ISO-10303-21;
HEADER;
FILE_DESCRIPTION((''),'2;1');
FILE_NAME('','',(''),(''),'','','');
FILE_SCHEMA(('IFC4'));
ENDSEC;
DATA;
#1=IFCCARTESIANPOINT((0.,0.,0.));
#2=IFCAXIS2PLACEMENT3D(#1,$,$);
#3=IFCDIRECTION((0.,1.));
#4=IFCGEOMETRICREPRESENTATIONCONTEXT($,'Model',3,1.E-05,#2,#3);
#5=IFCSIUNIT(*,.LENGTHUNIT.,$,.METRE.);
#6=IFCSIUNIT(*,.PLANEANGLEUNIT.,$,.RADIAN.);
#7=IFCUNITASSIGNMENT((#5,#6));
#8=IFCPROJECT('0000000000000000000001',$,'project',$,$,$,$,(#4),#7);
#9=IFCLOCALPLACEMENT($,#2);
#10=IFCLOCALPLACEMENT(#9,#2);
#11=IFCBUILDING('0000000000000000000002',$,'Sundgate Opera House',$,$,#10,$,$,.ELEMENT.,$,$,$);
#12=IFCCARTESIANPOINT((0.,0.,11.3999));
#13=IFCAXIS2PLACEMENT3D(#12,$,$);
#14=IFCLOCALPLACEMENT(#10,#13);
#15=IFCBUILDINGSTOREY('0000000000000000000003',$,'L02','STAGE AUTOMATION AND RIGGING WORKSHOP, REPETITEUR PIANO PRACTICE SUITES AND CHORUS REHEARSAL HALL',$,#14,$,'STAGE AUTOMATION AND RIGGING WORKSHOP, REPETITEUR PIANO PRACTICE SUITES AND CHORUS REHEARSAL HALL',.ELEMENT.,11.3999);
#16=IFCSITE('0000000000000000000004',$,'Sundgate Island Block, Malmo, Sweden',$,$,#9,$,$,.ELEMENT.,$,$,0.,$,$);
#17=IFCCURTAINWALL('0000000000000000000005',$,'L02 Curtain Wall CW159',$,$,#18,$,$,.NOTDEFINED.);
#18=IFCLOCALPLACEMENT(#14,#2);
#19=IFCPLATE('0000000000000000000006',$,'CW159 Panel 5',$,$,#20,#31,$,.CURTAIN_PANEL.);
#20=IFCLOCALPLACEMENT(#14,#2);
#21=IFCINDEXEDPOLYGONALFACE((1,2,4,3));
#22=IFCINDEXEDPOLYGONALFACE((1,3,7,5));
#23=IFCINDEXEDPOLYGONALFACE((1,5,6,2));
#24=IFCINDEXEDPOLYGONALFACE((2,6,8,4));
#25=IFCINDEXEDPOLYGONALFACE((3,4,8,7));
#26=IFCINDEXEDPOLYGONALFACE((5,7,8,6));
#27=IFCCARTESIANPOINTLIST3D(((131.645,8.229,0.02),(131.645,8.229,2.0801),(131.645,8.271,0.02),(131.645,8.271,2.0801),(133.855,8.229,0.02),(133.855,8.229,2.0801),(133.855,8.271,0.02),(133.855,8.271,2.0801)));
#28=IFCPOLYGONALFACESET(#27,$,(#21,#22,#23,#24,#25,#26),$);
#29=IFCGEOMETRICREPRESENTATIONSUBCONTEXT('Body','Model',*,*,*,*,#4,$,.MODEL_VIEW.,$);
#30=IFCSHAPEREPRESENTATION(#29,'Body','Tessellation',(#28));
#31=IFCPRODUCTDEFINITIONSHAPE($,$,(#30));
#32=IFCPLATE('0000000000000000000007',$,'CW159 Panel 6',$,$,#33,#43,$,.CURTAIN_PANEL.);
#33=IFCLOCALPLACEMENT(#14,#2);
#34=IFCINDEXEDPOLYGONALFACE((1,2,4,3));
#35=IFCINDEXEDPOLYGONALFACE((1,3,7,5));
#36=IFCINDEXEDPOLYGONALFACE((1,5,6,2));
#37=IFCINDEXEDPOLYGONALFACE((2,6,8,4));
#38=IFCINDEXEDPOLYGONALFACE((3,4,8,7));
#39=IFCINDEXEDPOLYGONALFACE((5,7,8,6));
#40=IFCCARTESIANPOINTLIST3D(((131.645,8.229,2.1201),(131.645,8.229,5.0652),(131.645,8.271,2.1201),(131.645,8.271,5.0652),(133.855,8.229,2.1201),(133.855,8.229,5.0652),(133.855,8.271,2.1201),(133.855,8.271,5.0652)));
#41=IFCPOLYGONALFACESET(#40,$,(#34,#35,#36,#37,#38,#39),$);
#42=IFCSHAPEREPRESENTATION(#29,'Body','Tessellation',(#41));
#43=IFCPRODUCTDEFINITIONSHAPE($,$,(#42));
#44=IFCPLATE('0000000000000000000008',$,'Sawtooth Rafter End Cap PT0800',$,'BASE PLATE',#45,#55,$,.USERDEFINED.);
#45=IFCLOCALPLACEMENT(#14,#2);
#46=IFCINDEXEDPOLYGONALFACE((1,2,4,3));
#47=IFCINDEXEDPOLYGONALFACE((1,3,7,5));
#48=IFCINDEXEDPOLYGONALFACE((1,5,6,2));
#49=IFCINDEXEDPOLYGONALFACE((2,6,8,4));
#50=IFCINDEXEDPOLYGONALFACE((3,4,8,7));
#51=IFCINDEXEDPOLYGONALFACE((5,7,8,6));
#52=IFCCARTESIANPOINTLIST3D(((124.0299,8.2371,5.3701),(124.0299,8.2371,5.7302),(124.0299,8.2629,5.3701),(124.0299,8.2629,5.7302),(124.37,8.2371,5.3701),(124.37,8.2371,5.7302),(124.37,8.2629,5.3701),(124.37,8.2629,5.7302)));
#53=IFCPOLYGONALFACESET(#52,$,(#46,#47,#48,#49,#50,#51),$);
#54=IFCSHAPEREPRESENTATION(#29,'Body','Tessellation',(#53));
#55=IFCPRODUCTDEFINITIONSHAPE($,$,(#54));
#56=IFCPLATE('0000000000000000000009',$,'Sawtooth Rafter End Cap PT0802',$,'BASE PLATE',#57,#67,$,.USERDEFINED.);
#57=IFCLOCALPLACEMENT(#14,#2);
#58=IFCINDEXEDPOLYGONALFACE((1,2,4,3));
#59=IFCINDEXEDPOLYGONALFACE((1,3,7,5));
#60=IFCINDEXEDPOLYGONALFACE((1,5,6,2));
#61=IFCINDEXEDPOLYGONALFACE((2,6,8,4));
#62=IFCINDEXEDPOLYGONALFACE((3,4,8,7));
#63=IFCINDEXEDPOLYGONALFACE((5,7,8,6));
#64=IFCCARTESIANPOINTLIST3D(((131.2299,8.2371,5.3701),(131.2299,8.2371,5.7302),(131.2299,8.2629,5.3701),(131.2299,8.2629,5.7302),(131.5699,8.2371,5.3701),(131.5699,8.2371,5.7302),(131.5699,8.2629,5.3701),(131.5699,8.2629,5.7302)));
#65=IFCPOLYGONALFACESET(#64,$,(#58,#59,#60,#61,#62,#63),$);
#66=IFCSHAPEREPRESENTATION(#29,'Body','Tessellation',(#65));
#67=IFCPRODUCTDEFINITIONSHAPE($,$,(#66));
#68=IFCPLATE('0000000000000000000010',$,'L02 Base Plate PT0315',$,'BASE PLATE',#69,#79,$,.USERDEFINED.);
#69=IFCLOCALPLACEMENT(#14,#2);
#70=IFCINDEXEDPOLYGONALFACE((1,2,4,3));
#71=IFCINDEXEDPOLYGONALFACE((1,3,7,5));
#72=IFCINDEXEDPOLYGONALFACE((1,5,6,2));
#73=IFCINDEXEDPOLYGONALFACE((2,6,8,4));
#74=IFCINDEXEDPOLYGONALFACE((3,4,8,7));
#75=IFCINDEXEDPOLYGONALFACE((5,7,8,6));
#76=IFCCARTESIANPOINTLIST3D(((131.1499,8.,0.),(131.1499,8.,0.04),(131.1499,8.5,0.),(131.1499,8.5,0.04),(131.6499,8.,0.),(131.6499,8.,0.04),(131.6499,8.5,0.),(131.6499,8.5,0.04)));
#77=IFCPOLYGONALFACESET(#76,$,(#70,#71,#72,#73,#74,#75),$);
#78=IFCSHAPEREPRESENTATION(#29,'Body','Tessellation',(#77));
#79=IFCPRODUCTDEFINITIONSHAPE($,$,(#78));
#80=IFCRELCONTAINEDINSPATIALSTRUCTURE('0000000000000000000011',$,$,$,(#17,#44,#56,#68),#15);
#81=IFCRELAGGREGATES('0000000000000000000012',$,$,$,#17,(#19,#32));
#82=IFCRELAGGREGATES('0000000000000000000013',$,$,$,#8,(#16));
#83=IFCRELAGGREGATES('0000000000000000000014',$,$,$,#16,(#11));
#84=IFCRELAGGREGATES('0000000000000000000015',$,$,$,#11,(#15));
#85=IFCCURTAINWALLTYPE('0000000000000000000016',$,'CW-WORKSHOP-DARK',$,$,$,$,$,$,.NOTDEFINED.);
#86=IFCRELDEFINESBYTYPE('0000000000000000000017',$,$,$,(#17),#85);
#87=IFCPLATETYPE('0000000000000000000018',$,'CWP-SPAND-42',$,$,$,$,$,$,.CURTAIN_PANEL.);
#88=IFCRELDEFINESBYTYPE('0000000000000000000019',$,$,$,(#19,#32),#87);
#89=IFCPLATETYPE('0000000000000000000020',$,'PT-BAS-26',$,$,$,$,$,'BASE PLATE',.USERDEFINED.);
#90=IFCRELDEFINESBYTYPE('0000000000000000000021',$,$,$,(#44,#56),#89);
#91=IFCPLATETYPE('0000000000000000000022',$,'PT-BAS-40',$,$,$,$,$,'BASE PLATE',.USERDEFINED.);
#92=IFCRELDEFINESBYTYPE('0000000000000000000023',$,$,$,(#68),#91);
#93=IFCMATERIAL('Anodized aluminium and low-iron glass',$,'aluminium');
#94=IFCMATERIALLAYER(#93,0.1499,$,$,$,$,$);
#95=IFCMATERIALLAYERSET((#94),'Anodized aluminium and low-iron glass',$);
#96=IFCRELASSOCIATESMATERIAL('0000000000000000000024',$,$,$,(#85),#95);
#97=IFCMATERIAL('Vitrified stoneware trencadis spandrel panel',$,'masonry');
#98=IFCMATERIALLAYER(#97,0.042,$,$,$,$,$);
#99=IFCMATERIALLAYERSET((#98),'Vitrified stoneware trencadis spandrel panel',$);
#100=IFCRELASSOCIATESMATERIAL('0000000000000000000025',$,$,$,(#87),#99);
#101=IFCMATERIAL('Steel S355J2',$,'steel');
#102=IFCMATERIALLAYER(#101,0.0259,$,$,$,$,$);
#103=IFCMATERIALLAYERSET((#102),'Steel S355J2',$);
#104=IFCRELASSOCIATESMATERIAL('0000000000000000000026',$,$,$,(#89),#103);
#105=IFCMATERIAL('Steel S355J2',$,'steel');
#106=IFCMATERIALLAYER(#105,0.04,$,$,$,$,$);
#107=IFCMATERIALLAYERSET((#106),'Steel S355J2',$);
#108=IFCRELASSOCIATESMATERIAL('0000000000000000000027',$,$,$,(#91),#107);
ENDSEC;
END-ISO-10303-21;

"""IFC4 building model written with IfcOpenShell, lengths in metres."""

from ifc_helpers import new_model, si_unit, direction, frame, origin, origin_2d, place, context, subcontext, project, spatial, rectangle, extrude, material, layer, layer_set, type_object, element, aggregate, save


model = new_model("IFC4")

# Units and contexts
model_context = context("Model", 3, precision=1e-05, world=origin(), true_north=direction((0.0, 1.0)))
body_context = subcontext(model_context, "Body", "Model", "MODEL_VIEW")
ifc_project = project(units=[si_unit("LENGTHUNIT", "METRE"), si_unit("PLANEANGLEUNIT", "RADIAN")], contexts=[model_context])

# Site, building, storey
site_placement = place(None, origin())
site = spatial("IfcSite", under=ifc_project, at=site_placement, Name="Sundgate Island Block, Malmo, Sweden", CompositionType="ELEMENT", RefElevation=0.0)
building_placement = place(site_placement, origin())
building = spatial("IfcBuilding", under=site, at=building_placement, Name="Sundgate Opera House", CompositionType="ELEMENT")
storey_placement = place(building_placement, frame((0.0, 0.0, 11.3999)))
storey = spatial("IfcBuildingStorey", under=building, at=storey_placement, Name="L02", Description="STAGE AUTOMATION AND RIGGING WORKSHOP, REPETITEUR PIANO PRACTICE SUITES AND CHORUS REHEARSAL HALL", LongName="STAGE AUTOMATION AND RIGGING WORKSHOP, REPETITEUR PIANO PRACTICE SUITES AND CHORUS REHEARSAL HALL", CompositionType="ELEMENT", Elevation=11.3999)

# Curtain wall
ifc_material_1 = material(Name="Anodized aluminium and low-iron glass", Category="aluminium")
ifc_layer_1 = layer(ifc_material_1, 0.1499)
ifc_layer_set_1 = layer_set([ifc_layer_1], Name="Anodized aluminium and low-iron glass")
curtain_wall_type = type_object("IfcCurtainWallType", Name="CW-WORKSHOP-DARK", PredefinedType="NOTDEFINED", material=ifc_layer_set_1)
curtain_wall_1_placement = place(storey_placement, origin())
curtain_wall_1 = element("IfcCurtainWall", 1, at=curtain_wall_1_placement, inside=storey, type_object=curtain_wall_type, Name="L02 Curtain Wall CW159", PredefinedType="NOTDEFINED")

# Plates
ifc_material_2 = material(Name="Vitrified stoneware trencadis spandrel panel", Category="masonry")
ifc_layer_2 = layer(ifc_material_2, 0.042)
ifc_layer_set_2 = layer_set([ifc_layer_2], Name="Vitrified stoneware trencadis spandrel panel")
plate_type_1 = type_object("IfcPlateType", Name="CWP-SPAND-42", PredefinedType="CURTAIN_PANEL", material=ifc_layer_set_2)
plate_1_placement = place(storey_placement, frame((132.75, 8.25, 0.02), z_axis=(0.0, 0.0, 1.0), x_axis=(-1.0, 0.0, 0.0)))
plate_1 = element("IfcPlate", 2, at=plate_1_placement, type_object=plate_type_1, Name="CW159 Panel 5", PredefinedType="CURTAIN_PANEL", context=body_context, shape_type="SweptSolid", body=[
    extrude(rectangle(XDim=2.21, YDim=0.042, at=origin_2d()), origin(), (0.0, 0.0, 1.0), 2.0601),
])
plate_2_placement = place(storey_placement, frame((132.75, 8.25, 2.1201), z_axis=(0.0, 0.0, 1.0), x_axis=(-1.0, 0.0, 0.0)))
plate_2 = element("IfcPlate", 3, at=plate_2_placement, type_object=plate_type_1, Name="CW159 Panel 6", PredefinedType="CURTAIN_PANEL", context=body_context, shape_type="SweptSolid", body=[
    extrude(rectangle(XDim=2.21, YDim=0.042, at=origin_2d()), origin(), (0.0, 0.0, 1.0), 2.9451),
])
aggregate(curtain_wall_1, [plate_1, plate_2])

# Plates
ifc_material_3 = material(Name="Steel S355J2", Category="steel")
ifc_layer_3 = layer(ifc_material_3, 0.0259)
ifc_layer_set_3 = layer_set([ifc_layer_3], Name="Steel S355J2")
plate_type_2 = type_object("IfcPlateType", Name="PT-BAS-26", ElementType="BASE PLATE", PredefinedType="USERDEFINED", material=ifc_layer_set_3)
for number, where, z_axis, x_axis, name in (
    (4, (124.2, 8.25, 5.3701), (0.0, 0.0, 1.0), (1.0, 0.0, 0.0), "Sawtooth Rafter End Cap PT0800"),
    (5, (131.3999, 8.25, 5.3701), (0.0, 0.0, 1.0), (1.0, 0.0, 0.0), "Sawtooth Rafter End Cap PT0802"),
):
    element("IfcPlate", number, at=place(storey_placement, frame(where, z_axis=z_axis, x_axis=x_axis)), inside=storey, type_object=plate_type_2, Name=name, ObjectType="BASE PLATE", PredefinedType="USERDEFINED", context=body_context, shape_type="SweptSolid", body=[
        extrude(rectangle(XDim=0.3401, YDim=0.0259, at=origin_2d()), origin(), (0.0, 0.0, 1.0), 0.3601),
    ])
ifc_material_4 = material(Name="Steel S355J2", Category="steel")
ifc_layer_4 = layer(ifc_material_4, 0.04)
ifc_layer_set_4 = layer_set([ifc_layer_4], Name="Steel S355J2")
plate_type_3 = type_object("IfcPlateType", Name="PT-BAS-40", ElementType="BASE PLATE", PredefinedType="USERDEFINED", material=ifc_layer_set_4)
plate_3_placement = place(storey_placement, frame((131.3999, 8.25, 0.0), z_axis=(0.0, 0.0, 1.0), x_axis=(1.0, 0.0, 0.0)))
element("IfcPlate", 6, at=plate_3_placement, inside=storey, type_object=plate_type_3, Name="L02 Base Plate PT0315", ObjectType="BASE PLATE", PredefinedType="USERDEFINED", context=body_context, shape_type="SweptSolid", body=[
    extrude(rectangle(XDim=0.5, YDim=0.5, at=origin_2d()), origin(), (0.0, 0.0, 1.0), 0.04),
])

save(model, "model.ifc")
